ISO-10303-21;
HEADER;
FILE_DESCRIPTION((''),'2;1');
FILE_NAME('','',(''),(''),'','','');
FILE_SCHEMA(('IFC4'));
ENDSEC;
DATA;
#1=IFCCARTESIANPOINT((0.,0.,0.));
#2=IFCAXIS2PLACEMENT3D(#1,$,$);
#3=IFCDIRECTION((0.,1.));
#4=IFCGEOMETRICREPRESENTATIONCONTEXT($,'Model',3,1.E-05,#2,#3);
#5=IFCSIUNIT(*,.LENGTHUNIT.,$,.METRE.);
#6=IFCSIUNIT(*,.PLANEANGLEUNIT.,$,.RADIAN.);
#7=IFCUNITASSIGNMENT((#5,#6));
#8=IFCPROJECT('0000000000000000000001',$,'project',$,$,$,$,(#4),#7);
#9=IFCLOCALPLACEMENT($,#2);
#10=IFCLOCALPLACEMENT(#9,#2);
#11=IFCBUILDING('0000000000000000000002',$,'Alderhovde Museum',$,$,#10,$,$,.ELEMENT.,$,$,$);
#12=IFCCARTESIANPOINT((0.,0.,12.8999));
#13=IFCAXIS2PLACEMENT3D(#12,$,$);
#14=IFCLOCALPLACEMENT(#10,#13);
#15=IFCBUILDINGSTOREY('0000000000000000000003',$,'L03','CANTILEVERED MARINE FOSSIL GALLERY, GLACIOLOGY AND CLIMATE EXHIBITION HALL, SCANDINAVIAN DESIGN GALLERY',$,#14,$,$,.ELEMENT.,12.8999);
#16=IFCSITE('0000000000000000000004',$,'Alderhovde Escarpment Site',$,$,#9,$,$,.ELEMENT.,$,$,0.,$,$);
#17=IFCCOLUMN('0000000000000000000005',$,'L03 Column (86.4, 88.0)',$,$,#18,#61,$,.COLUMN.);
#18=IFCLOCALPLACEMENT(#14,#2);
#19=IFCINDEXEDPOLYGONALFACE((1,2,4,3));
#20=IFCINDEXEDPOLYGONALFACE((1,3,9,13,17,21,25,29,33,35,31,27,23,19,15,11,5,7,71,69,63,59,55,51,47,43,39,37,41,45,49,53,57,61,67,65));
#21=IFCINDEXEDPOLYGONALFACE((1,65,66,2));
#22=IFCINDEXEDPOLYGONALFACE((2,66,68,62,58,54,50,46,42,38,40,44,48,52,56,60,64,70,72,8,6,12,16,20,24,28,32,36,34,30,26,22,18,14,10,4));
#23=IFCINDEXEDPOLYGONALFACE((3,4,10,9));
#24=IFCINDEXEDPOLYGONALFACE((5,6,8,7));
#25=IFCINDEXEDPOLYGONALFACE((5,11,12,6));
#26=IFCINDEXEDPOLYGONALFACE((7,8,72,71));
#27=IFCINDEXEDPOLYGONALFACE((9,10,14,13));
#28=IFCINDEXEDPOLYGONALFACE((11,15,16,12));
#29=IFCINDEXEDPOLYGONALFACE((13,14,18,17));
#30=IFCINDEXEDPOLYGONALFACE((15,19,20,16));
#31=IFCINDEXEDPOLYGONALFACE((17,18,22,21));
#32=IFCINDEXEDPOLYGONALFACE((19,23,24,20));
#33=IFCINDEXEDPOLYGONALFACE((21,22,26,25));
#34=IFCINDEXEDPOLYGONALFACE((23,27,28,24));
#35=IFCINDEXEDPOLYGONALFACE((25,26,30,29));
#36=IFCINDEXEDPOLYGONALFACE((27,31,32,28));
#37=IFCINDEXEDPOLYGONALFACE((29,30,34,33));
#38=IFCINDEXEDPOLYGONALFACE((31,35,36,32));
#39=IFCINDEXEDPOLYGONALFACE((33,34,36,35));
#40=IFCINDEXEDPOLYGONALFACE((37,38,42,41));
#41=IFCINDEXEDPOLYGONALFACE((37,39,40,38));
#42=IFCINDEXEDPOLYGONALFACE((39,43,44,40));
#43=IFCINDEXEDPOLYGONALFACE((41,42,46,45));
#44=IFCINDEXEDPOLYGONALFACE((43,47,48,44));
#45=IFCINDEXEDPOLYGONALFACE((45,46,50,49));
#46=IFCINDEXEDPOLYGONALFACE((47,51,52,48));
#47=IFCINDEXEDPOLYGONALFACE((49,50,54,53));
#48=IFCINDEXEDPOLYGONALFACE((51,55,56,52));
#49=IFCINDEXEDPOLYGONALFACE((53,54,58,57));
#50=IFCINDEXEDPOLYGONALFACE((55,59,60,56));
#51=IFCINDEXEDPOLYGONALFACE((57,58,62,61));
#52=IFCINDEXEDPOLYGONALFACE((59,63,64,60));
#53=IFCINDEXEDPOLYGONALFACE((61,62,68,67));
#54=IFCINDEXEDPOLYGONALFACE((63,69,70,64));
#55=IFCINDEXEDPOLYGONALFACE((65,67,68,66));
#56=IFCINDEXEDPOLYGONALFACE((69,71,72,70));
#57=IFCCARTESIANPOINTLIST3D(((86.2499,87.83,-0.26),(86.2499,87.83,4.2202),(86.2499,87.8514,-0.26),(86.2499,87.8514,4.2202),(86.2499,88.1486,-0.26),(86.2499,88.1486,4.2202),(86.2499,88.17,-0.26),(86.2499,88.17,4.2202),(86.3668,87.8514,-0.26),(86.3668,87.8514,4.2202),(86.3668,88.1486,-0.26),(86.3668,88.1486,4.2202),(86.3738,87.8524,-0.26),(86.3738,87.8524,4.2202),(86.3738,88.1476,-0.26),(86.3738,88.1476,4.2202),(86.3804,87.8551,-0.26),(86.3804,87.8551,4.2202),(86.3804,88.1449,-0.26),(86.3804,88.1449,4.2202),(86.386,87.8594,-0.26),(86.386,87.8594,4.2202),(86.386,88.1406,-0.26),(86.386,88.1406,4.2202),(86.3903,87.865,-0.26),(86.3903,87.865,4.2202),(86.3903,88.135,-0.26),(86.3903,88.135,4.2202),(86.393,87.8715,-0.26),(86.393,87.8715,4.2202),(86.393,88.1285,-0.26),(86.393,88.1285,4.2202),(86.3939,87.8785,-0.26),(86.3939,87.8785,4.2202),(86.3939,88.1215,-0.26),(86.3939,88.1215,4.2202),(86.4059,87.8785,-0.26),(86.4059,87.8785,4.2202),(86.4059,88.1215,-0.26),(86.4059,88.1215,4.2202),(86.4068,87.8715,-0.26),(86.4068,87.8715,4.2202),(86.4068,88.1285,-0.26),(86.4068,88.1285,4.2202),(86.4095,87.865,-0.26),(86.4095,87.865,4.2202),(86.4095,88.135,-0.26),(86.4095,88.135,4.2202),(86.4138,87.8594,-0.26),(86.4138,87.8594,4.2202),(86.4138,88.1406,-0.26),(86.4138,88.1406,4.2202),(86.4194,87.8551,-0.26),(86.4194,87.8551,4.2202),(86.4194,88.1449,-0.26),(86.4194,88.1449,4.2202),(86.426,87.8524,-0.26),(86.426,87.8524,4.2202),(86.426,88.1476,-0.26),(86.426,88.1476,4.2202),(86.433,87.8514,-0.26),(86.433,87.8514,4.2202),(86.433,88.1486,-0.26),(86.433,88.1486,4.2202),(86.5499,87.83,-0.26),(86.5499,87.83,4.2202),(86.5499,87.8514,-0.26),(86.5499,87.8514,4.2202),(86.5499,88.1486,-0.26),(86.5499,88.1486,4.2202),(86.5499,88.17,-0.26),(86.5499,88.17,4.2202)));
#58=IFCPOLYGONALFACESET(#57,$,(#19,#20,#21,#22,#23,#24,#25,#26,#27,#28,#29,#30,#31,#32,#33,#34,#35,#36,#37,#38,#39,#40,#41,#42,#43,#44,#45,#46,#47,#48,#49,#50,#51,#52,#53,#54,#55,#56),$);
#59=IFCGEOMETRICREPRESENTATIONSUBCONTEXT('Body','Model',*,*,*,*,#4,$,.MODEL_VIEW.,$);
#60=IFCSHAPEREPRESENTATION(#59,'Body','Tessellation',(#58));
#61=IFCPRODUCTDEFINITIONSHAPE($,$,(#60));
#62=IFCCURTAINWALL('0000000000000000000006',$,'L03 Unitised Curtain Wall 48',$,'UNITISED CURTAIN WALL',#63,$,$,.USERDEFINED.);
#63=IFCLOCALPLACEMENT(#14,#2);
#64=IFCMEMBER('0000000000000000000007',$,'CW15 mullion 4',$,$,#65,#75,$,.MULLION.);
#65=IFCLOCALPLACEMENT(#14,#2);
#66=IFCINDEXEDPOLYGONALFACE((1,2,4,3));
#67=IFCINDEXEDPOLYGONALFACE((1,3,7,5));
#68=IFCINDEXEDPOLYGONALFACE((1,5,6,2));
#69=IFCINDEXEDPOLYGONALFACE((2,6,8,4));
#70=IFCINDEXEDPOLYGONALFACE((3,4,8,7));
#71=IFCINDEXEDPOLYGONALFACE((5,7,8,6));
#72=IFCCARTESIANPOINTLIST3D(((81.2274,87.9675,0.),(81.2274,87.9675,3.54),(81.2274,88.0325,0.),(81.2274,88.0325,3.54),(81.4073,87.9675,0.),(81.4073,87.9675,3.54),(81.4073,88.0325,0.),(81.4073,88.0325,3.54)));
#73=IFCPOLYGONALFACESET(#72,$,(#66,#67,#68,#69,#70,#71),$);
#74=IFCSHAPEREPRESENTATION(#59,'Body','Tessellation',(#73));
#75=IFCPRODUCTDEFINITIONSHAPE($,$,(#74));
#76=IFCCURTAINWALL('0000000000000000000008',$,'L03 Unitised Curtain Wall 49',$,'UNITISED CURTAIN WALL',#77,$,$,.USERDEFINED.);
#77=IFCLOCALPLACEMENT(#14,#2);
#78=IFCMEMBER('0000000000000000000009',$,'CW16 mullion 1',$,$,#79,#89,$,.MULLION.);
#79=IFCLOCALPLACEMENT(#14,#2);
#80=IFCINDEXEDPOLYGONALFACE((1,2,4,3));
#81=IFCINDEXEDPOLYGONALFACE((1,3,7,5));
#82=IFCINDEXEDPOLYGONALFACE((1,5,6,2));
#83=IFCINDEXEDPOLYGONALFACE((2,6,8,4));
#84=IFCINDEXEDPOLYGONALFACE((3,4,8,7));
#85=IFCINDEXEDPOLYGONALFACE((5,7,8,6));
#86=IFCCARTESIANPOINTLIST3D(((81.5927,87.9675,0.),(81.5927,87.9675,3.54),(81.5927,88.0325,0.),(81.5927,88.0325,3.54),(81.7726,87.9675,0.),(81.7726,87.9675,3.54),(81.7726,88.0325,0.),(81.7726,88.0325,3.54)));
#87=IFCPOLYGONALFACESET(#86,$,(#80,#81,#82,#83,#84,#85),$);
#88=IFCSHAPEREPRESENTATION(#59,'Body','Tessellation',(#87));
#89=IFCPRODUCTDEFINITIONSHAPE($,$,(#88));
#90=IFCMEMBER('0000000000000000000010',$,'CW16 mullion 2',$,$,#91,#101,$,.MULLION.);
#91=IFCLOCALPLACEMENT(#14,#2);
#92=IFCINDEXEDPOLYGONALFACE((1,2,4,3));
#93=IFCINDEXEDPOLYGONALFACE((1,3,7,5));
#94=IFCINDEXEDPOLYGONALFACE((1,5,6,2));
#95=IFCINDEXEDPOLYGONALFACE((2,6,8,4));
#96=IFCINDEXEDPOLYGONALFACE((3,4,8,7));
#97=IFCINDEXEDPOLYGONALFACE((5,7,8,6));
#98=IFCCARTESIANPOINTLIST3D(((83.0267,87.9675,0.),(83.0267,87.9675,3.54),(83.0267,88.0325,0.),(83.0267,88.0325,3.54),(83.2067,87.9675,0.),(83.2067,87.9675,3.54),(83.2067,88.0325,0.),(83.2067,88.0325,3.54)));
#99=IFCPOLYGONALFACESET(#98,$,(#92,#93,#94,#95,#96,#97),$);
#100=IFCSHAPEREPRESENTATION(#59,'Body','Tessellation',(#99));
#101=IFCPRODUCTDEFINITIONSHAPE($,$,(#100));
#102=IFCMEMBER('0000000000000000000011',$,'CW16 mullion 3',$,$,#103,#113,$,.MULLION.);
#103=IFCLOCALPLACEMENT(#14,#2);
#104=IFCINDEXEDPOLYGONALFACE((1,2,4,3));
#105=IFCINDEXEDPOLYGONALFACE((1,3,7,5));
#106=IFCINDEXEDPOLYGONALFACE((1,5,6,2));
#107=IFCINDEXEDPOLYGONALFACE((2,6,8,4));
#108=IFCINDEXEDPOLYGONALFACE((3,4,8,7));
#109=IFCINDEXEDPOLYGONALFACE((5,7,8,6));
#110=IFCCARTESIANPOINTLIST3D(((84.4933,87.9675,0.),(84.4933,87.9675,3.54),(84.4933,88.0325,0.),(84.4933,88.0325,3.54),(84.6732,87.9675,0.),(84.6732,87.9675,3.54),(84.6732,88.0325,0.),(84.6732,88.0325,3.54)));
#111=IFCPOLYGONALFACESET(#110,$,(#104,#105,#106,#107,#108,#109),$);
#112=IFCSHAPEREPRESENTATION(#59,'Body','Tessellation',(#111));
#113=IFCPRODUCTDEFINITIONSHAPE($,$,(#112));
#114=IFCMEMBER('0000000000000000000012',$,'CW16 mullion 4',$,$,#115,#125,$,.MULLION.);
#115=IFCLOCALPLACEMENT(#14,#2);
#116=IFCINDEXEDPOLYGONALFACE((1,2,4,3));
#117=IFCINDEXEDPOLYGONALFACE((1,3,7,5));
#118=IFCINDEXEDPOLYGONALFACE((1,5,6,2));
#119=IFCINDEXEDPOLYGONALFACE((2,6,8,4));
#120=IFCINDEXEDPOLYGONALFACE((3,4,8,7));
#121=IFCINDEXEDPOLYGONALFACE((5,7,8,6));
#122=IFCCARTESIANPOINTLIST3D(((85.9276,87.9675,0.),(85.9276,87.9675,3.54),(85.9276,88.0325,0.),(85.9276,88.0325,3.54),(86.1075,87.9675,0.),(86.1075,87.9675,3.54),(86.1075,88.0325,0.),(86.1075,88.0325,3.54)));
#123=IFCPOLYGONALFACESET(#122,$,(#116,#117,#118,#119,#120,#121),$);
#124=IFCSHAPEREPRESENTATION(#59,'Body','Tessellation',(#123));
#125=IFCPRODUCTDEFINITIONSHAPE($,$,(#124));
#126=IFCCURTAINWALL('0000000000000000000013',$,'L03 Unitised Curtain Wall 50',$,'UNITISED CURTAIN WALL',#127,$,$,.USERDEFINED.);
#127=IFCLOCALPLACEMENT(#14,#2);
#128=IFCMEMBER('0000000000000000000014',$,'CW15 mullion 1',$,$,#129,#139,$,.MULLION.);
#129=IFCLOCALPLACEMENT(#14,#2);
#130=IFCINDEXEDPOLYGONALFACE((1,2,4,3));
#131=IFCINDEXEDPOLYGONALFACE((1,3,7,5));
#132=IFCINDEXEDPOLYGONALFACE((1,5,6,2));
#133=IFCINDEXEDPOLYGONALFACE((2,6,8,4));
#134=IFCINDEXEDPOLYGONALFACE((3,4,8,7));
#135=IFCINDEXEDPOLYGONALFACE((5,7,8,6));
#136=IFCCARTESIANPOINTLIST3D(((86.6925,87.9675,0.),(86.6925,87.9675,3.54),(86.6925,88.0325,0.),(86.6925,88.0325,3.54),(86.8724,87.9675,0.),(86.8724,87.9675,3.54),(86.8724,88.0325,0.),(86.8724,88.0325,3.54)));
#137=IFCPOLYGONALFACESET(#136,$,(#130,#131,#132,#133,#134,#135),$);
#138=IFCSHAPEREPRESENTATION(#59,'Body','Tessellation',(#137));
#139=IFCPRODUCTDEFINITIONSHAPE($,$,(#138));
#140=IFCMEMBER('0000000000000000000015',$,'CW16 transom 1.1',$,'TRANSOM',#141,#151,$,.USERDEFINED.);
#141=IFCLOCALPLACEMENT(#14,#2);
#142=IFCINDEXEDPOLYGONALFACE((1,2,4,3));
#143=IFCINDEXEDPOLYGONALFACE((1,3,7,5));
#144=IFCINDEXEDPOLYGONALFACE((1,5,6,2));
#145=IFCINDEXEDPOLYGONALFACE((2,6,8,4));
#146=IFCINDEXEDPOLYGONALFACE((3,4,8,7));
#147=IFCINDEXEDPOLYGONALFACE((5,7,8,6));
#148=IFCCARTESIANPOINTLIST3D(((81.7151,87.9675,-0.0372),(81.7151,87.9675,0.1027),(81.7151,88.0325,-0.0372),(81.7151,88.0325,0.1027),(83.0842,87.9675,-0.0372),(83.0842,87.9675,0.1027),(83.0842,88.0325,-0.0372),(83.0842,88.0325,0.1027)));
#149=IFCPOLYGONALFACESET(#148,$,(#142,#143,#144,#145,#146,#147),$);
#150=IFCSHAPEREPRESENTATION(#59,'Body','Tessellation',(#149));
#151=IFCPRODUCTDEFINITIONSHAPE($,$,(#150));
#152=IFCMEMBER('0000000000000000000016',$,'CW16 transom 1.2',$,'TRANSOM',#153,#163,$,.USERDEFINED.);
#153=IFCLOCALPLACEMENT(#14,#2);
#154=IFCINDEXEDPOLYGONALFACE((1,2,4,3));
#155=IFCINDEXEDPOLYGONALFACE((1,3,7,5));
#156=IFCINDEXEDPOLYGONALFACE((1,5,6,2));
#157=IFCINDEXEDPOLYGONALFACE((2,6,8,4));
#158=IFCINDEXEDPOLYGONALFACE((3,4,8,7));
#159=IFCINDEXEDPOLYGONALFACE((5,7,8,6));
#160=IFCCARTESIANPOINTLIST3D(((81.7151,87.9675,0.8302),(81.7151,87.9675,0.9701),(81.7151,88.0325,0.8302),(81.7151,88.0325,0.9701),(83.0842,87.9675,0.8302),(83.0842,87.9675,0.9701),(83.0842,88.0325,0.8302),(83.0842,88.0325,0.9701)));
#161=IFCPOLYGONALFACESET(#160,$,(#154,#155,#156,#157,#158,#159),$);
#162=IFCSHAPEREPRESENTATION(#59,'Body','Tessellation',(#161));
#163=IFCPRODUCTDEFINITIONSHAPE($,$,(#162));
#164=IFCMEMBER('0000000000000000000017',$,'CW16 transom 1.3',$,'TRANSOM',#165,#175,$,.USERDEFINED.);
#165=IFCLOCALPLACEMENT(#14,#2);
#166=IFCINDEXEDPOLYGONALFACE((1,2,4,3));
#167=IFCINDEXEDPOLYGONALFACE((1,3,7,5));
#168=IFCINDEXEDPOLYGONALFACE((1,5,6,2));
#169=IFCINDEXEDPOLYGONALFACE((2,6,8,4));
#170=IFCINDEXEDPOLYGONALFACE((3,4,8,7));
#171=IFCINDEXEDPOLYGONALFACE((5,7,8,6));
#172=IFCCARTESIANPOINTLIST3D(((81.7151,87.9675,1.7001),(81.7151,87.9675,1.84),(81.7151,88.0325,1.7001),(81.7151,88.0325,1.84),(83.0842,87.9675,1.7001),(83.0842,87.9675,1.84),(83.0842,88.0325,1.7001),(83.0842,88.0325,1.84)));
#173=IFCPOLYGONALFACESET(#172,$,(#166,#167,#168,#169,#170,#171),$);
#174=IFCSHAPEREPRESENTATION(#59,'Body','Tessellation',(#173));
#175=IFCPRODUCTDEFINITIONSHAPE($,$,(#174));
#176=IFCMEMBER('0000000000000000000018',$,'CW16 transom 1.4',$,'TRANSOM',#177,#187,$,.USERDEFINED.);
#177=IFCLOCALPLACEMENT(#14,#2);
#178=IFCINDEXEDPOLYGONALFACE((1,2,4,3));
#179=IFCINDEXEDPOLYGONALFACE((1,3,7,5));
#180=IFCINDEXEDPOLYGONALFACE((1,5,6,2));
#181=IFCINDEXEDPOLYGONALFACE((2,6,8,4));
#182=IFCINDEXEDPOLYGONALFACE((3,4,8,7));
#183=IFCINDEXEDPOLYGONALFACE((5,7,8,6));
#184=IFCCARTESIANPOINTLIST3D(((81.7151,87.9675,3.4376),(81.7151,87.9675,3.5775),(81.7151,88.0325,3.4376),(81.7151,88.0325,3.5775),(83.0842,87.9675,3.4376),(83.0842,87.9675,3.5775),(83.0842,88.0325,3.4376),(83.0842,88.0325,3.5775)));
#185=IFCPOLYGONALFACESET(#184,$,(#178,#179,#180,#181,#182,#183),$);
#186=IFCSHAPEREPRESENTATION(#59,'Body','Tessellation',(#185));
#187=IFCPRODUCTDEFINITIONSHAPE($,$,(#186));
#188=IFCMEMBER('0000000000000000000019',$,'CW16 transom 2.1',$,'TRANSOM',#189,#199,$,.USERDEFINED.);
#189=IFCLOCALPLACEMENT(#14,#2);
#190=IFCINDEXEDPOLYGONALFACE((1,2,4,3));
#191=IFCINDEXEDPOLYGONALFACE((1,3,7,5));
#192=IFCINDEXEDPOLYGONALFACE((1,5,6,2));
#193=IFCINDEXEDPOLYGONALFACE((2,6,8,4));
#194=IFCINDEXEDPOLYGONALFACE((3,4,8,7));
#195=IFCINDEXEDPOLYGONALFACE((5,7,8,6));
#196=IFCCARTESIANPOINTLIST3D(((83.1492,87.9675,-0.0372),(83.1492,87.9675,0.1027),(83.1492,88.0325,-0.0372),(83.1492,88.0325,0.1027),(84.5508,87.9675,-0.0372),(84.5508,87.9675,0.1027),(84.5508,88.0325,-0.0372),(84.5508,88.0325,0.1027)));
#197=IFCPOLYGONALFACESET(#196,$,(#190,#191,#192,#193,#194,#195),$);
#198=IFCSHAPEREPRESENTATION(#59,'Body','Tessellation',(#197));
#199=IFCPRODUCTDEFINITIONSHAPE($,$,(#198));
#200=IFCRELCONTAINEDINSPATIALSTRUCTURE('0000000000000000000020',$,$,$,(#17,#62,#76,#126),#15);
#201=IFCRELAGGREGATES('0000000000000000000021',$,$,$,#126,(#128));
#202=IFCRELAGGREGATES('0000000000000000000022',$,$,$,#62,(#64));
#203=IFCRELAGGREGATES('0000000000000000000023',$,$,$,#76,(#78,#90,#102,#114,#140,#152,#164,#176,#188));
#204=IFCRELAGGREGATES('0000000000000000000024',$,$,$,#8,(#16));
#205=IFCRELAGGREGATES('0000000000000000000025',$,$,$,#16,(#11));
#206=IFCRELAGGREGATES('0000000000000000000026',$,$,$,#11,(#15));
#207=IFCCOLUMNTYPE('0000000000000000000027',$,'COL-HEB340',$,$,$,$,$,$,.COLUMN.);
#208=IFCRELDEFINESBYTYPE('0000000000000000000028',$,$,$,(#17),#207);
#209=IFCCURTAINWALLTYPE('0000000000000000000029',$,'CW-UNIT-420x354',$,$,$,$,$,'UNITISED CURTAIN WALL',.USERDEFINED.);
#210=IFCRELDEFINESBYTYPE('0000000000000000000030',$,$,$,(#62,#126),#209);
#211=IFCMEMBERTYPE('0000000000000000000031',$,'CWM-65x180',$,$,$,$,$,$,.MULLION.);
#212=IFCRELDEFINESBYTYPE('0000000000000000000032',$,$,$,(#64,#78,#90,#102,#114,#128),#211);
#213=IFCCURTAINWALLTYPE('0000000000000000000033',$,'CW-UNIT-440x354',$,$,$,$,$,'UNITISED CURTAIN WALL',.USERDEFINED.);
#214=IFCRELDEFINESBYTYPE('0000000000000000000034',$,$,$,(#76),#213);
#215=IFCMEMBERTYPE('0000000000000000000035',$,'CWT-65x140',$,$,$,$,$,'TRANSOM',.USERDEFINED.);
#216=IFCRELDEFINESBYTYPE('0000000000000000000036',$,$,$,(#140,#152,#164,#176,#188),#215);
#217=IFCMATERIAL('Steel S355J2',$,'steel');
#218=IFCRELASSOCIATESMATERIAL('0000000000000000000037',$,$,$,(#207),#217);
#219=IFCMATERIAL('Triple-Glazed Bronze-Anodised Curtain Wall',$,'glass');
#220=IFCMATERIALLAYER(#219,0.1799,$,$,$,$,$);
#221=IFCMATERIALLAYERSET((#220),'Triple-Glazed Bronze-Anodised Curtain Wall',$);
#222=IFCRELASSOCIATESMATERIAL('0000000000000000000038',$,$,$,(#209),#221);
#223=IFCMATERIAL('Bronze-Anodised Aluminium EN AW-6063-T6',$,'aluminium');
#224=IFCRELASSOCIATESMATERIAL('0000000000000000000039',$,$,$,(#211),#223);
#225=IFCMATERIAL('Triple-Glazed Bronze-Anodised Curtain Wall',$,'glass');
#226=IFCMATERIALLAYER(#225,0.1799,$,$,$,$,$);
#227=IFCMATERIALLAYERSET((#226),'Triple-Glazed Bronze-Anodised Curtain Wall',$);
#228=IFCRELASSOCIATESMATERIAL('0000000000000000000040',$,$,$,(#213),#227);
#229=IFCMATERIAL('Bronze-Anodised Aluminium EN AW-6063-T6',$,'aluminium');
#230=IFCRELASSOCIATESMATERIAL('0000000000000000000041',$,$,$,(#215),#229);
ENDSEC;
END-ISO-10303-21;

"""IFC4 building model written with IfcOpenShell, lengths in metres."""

from ifc_helpers import new_model, si_unit, direction, frame, origin, origin_2d, place, context, subcontext, project, spatial, rectangle, i_section, extrude, material, layer, layer_set, material_profile, profile_set, type_object, element, aggregate, save


model = new_model("IFC4")

# Units and contexts
model_context = context("Model", 3, precision=1e-05, world=origin(), true_north=direction((0.0, 1.0)))
body_context = subcontext(model_context, "Body", "Model", "MODEL_VIEW")
ifc_project = project(units=[si_unit("LENGTHUNIT", "METRE"), si_unit("PLANEANGLEUNIT", "RADIAN")], contexts=[model_context])

# Site, building, storey
site_placement = place(None, origin())
site = spatial("IfcSite", under=ifc_project, at=site_placement, Name="Alderhovde Escarpment Site", CompositionType="ELEMENT", RefElevation=0.0)
building_placement = place(site_placement, origin())
building = spatial("IfcBuilding", under=site, at=building_placement, Name="Alderhovde Museum", CompositionType="ELEMENT")
storey_placement = place(building_placement, frame((0.0, 0.0, 12.8999)))
storey = spatial("IfcBuildingStorey", under=building, at=storey_placement, Name="L03", Description="CANTILEVERED MARINE FOSSIL GALLERY, GLACIOLOGY AND CLIMATE EXHIBITION HALL, SCANDINAVIAN DESIGN GALLERY", CompositionType="ELEMENT", Elevation=12.8999)

# Column
ifc_material_1 = material(Name="Steel S355J2", Category="steel")
ifc_material_profile_1 = material_profile(ifc_material_1, i_section(OverallWidth=0.3, OverallDepth=0.3401, WebThickness=0.012, FlangeThickness=0.0215, FilletRadius=0.0271, at=origin_2d()), Name="HEB 340")
ifc_profile_set_1 = profile_set([ifc_material_profile_1], Name="Steel S355J2")
column_type = type_object("IfcColumnType", Name="COL-HEB340", PredefinedType="COLUMN", material=ifc_profile_set_1)
column_placement = place(storey_placement, frame((86.3999, 88.0, -0.26), z_axis=(0.0, 0.0, 1.0), x_axis=(1.0, 0.0, 0.0)))
element("IfcColumn", 1, at=column_placement, inside=storey, type_object=column_type, Name="L03 Column (86.4, 88.0)", PredefinedType="COLUMN", context=body_context, shape_type="SweptSolid", body=[
    extrude(i_section(OverallWidth=0.3, OverallDepth=0.3401, WebThickness=0.012, FlangeThickness=0.0215, FilletRadius=0.0271, at=origin_2d()), origin(), (0.0, 0.0, 1.0), 4.4802),
])

# Curtain wall, member
ifc_material_2 = material(Name="Triple-Glazed Bronze-Anodised Curtain Wall", Category="glass")
ifc_layer_1 = layer(ifc_material_2, 0.1799)
ifc_layer_set_1 = layer_set([ifc_layer_1], Name="Triple-Glazed Bronze-Anodised Curtain Wall")
curtain_wall_type_1 = type_object("IfcCurtainWallType", Name="CW-UNIT-420x354", ElementType="UNITISED CURTAIN WALL", PredefinedType="USERDEFINED", material=ifc_layer_set_1)
curtain_wall_1_placement = place(storey_placement, origin())
curtain_wall_1 = element("IfcCurtainWall", 2, at=curtain_wall_1_placement, inside=storey, type_object=curtain_wall_type_1, Name="L03 Unitised Curtain Wall 48", ObjectType="UNITISED CURTAIN WALL", PredefinedType="USERDEFINED")
ifc_material_3 = material(Name="Bronze-Anodised Aluminium EN AW-6063-T6", Category="aluminium")
ifc_material_profile_2 = material_profile(ifc_material_3, rectangle(XDim=0.0649, YDim=0.1799, at=origin_2d()), Name="MULLION 65x180")
ifc_profile_set_2 = profile_set([ifc_material_profile_2], Name="Bronze-Anodised Aluminium EN AW-6063-T6")
member_type_1 = type_object("IfcMemberType", Name="CWM-65x180", PredefinedType="MULLION", material=ifc_profile_set_2)
member_1_placement = place(storey_placement, frame((81.3174, 88.0, 0.0), z_axis=(0.0, 0.0, 1.0), x_axis=(0.0, 1.0, 0.0)))
member_1 = element("IfcMember", 3, at=member_1_placement, type_object=member_type_1, Name="CW15 mullion 4", PredefinedType="MULLION", context=body_context, shape_type="SweptSolid", body=[
    extrude(rectangle(XDim=0.0649, YDim=0.1799, at=origin_2d()), origin(), (0.0, 0.0, 1.0), 3.54),
])

# Curtain wall, members
ifc_material_4 = material(Name="Triple-Glazed Bronze-Anodised Curtain Wall", Category="glass")
ifc_layer_2 = layer(ifc_material_4, 0.1799)
ifc_layer_set_2 = layer_set([ifc_layer_2], Name="Triple-Glazed Bronze-Anodised Curtain Wall")
curtain_wall_type_2 = type_object("IfcCurtainWallType", Name="CW-UNIT-440x354", ElementType="UNITISED CURTAIN WALL", PredefinedType="USERDEFINED", material=ifc_layer_set_2)
curtain_wall_2_placement = place(storey_placement, origin())
curtain_wall_2 = element("IfcCurtainWall", 4, at=curtain_wall_2_placement, inside=storey, type_object=curtain_wall_type_2, Name="L03 Unitised Curtain Wall 49", ObjectType="UNITISED CURTAIN WALL", PredefinedType="USERDEFINED")
member_2_placement = place(storey_placement, frame((81.6826, 88.0, 0.0), z_axis=(0.0, 0.0, 1.0), x_axis=(0.0, 1.0, 0.0)))
member_2 = element("IfcMember", 5, at=member_2_placement, type_object=member_type_1, Name="CW16 mullion 1", PredefinedType="MULLION", context=body_context, shape_type="SweptSolid", body=[
    extrude(rectangle(XDim=0.0649, YDim=0.1799, at=origin_2d()), origin(), (0.0, 0.0, 1.0), 3.54),
])
member_3_placement = place(storey_placement, frame((83.1167, 88.0, 0.0), z_axis=(0.0, 0.0, 1.0), x_axis=(0.0, 1.0, 0.0)))
member_3 = element("IfcMember", 6, at=member_3_placement, type_object=member_type_1, Name="CW16 mullion 2", PredefinedType="MULLION", context=body_context, shape_type="SweptSolid", body=[
    extrude(rectangle(XDim=0.0649, YDim=0.1799, at=origin_2d()), origin(), (0.0, 0.0, 1.0), 3.54),
])
member_4_placement = place(storey_placement, frame((84.5833, 88.0, 0.0), z_axis=(0.0, 0.0, 1.0), x_axis=(0.0, 1.0, 0.0)))
member_4 = element("IfcMember", 7, at=member_4_placement, type_object=member_type_1, Name="CW16 mullion 3", PredefinedType="MULLION", context=body_context, shape_type="SweptSolid", body=[
    extrude(rectangle(XDim=0.0649, YDim=0.1799, at=origin_2d()), origin(), (0.0, 0.0, 1.0), 3.54),
])
member_5_placement = place(storey_placement, frame((86.0176, 88.0, 0.0), z_axis=(0.0, 0.0, 1.0), x_axis=(0.0, 1.0, 0.0)))
member_5 = element("IfcMember", 8, at=member_5_placement, type_object=member_type_1, Name="CW16 mullion 4", PredefinedType="MULLION", context=body_context, shape_type="SweptSolid", body=[
    extrude(rectangle(XDim=0.0649, YDim=0.1799, at=origin_2d()), origin(), (0.0, 0.0, 1.0), 3.54),
])

# Curtain wall, member
curtain_wall_3_placement = place(storey_placement, origin())
curtain_wall_3 = element("IfcCurtainWall", 9, at=curtain_wall_3_placement, inside=storey, type_object=curtain_wall_type_1, Name="L03 Unitised Curtain Wall 50", ObjectType="UNITISED CURTAIN WALL", PredefinedType="USERDEFINED")
member_6_placement = place(storey_placement, frame((86.7825, 88.0, 0.0), z_axis=(0.0, 0.0, 1.0), x_axis=(0.0, 1.0, 0.0)))
member_6 = element("IfcMember", 10, at=member_6_placement, type_object=member_type_1, Name="CW15 mullion 1", PredefinedType="MULLION", context=body_context, shape_type="SweptSolid", body=[
    extrude(rectangle(XDim=0.0649, YDim=0.1799, at=origin_2d()), origin(), (0.0, 0.0, 1.0), 3.54),
])

# Members
ifc_material_5 = material(Name="Bronze-Anodised Aluminium EN AW-6063-T6", Category="aluminium")
ifc_material_profile_3 = material_profile(ifc_material_5, rectangle(XDim=0.0649, YDim=0.1399, at=origin_2d()), Name="TRANSOM 65x140")
ifc_profile_set_3 = profile_set([ifc_material_profile_3], Name="Bronze-Anodised Aluminium EN AW-6063-T6")
member_type_2 = type_object("IfcMemberType", Name="CWT-65x140", ElementType="TRANSOM", PredefinedType="USERDEFINED", material=ifc_profile_set_3)
member_7_placement = place(storey_placement, frame((81.7151, 88.0, 0.0327), z_axis=(1.0, 0.0, 0.0), x_axis=(0.0, 1.0, 0.0)))
member_7 = element("IfcMember", 11, at=member_7_placement, type_object=member_type_2, Name="CW16 transom 1.1", ObjectType="TRANSOM", PredefinedType="USERDEFINED", context=body_context, shape_type="SweptSolid", body=[
    extrude(rectangle(XDim=0.0649, YDim=0.1399, at=origin_2d()), origin(), (0.0, 0.0, 1.0), 1.3691),
])
member_8_placement = place(storey_placement, frame((81.7151, 88.0, 0.9001), z_axis=(1.0, 0.0, 0.0), x_axis=(0.0, 1.0, 0.0)))
member_8 = element("IfcMember", 12, at=member_8_placement, type_object=member_type_2, Name="CW16 transom 1.2", ObjectType="TRANSOM", PredefinedType="USERDEFINED", context=body_context, shape_type="SweptSolid", body=[
    extrude(rectangle(XDim=0.0649, YDim=0.1399, at=origin_2d()), origin(), (0.0, 0.0, 1.0), 1.3691),
])
member_9_placement = place(storey_placement, frame((81.7151, 88.0, 1.77), z_axis=(1.0, 0.0, 0.0), x_axis=(0.0, 1.0, 0.0)))
member_9 = element("IfcMember", 13, at=member_9_placement, type_object=member_type_2, Name="CW16 transom 1.3", ObjectType="TRANSOM", PredefinedType="USERDEFINED", context=body_context, shape_type="SweptSolid", body=[
    extrude(rectangle(XDim=0.0649, YDim=0.1399, at=origin_2d()), origin(), (0.0, 0.0, 1.0), 1.3691),
])
member_10_placement = place(storey_placement, frame((81.7151, 88.0, 3.5076), z_axis=(1.0, 0.0, 0.0), x_axis=(0.0, 1.0, 0.0)))
member_10 = element("IfcMember", 14, at=member_10_placement, type_object=member_type_2, Name="CW16 transom 1.4", ObjectType="TRANSOM", PredefinedType="USERDEFINED", context=body_context, shape_type="SweptSolid", body=[
    extrude(rectangle(XDim=0.0649, YDim=0.1399, at=origin_2d()), origin(), (0.0, 0.0, 1.0), 1.3691),
])
member_11_placement = place(storey_placement, frame((83.1492, 88.0, 0.0327), z_axis=(1.0, 0.0, 0.0), x_axis=(0.0, 1.0, 0.0)))
member_11 = element("IfcMember", 15, at=member_11_placement, type_object=member_type_2, Name="CW16 transom 2.1", ObjectType="TRANSOM", PredefinedType="USERDEFINED", context=body_context, shape_type="SweptSolid", body=[
    extrude(rectangle(XDim=0.0649, YDim=0.1399, at=origin_2d()), origin(), (0.0, 0.0, 1.0), 1.4016),
])
aggregate(curtain_wall_3, [member_6])

aggregate(curtain_wall_1, [member_1])
aggregate(curtain_wall_2, [member_2, member_3, member_4, member_5, member_7, member_8, member_9, member_10, member_11])

save(model, "model.ifc")
